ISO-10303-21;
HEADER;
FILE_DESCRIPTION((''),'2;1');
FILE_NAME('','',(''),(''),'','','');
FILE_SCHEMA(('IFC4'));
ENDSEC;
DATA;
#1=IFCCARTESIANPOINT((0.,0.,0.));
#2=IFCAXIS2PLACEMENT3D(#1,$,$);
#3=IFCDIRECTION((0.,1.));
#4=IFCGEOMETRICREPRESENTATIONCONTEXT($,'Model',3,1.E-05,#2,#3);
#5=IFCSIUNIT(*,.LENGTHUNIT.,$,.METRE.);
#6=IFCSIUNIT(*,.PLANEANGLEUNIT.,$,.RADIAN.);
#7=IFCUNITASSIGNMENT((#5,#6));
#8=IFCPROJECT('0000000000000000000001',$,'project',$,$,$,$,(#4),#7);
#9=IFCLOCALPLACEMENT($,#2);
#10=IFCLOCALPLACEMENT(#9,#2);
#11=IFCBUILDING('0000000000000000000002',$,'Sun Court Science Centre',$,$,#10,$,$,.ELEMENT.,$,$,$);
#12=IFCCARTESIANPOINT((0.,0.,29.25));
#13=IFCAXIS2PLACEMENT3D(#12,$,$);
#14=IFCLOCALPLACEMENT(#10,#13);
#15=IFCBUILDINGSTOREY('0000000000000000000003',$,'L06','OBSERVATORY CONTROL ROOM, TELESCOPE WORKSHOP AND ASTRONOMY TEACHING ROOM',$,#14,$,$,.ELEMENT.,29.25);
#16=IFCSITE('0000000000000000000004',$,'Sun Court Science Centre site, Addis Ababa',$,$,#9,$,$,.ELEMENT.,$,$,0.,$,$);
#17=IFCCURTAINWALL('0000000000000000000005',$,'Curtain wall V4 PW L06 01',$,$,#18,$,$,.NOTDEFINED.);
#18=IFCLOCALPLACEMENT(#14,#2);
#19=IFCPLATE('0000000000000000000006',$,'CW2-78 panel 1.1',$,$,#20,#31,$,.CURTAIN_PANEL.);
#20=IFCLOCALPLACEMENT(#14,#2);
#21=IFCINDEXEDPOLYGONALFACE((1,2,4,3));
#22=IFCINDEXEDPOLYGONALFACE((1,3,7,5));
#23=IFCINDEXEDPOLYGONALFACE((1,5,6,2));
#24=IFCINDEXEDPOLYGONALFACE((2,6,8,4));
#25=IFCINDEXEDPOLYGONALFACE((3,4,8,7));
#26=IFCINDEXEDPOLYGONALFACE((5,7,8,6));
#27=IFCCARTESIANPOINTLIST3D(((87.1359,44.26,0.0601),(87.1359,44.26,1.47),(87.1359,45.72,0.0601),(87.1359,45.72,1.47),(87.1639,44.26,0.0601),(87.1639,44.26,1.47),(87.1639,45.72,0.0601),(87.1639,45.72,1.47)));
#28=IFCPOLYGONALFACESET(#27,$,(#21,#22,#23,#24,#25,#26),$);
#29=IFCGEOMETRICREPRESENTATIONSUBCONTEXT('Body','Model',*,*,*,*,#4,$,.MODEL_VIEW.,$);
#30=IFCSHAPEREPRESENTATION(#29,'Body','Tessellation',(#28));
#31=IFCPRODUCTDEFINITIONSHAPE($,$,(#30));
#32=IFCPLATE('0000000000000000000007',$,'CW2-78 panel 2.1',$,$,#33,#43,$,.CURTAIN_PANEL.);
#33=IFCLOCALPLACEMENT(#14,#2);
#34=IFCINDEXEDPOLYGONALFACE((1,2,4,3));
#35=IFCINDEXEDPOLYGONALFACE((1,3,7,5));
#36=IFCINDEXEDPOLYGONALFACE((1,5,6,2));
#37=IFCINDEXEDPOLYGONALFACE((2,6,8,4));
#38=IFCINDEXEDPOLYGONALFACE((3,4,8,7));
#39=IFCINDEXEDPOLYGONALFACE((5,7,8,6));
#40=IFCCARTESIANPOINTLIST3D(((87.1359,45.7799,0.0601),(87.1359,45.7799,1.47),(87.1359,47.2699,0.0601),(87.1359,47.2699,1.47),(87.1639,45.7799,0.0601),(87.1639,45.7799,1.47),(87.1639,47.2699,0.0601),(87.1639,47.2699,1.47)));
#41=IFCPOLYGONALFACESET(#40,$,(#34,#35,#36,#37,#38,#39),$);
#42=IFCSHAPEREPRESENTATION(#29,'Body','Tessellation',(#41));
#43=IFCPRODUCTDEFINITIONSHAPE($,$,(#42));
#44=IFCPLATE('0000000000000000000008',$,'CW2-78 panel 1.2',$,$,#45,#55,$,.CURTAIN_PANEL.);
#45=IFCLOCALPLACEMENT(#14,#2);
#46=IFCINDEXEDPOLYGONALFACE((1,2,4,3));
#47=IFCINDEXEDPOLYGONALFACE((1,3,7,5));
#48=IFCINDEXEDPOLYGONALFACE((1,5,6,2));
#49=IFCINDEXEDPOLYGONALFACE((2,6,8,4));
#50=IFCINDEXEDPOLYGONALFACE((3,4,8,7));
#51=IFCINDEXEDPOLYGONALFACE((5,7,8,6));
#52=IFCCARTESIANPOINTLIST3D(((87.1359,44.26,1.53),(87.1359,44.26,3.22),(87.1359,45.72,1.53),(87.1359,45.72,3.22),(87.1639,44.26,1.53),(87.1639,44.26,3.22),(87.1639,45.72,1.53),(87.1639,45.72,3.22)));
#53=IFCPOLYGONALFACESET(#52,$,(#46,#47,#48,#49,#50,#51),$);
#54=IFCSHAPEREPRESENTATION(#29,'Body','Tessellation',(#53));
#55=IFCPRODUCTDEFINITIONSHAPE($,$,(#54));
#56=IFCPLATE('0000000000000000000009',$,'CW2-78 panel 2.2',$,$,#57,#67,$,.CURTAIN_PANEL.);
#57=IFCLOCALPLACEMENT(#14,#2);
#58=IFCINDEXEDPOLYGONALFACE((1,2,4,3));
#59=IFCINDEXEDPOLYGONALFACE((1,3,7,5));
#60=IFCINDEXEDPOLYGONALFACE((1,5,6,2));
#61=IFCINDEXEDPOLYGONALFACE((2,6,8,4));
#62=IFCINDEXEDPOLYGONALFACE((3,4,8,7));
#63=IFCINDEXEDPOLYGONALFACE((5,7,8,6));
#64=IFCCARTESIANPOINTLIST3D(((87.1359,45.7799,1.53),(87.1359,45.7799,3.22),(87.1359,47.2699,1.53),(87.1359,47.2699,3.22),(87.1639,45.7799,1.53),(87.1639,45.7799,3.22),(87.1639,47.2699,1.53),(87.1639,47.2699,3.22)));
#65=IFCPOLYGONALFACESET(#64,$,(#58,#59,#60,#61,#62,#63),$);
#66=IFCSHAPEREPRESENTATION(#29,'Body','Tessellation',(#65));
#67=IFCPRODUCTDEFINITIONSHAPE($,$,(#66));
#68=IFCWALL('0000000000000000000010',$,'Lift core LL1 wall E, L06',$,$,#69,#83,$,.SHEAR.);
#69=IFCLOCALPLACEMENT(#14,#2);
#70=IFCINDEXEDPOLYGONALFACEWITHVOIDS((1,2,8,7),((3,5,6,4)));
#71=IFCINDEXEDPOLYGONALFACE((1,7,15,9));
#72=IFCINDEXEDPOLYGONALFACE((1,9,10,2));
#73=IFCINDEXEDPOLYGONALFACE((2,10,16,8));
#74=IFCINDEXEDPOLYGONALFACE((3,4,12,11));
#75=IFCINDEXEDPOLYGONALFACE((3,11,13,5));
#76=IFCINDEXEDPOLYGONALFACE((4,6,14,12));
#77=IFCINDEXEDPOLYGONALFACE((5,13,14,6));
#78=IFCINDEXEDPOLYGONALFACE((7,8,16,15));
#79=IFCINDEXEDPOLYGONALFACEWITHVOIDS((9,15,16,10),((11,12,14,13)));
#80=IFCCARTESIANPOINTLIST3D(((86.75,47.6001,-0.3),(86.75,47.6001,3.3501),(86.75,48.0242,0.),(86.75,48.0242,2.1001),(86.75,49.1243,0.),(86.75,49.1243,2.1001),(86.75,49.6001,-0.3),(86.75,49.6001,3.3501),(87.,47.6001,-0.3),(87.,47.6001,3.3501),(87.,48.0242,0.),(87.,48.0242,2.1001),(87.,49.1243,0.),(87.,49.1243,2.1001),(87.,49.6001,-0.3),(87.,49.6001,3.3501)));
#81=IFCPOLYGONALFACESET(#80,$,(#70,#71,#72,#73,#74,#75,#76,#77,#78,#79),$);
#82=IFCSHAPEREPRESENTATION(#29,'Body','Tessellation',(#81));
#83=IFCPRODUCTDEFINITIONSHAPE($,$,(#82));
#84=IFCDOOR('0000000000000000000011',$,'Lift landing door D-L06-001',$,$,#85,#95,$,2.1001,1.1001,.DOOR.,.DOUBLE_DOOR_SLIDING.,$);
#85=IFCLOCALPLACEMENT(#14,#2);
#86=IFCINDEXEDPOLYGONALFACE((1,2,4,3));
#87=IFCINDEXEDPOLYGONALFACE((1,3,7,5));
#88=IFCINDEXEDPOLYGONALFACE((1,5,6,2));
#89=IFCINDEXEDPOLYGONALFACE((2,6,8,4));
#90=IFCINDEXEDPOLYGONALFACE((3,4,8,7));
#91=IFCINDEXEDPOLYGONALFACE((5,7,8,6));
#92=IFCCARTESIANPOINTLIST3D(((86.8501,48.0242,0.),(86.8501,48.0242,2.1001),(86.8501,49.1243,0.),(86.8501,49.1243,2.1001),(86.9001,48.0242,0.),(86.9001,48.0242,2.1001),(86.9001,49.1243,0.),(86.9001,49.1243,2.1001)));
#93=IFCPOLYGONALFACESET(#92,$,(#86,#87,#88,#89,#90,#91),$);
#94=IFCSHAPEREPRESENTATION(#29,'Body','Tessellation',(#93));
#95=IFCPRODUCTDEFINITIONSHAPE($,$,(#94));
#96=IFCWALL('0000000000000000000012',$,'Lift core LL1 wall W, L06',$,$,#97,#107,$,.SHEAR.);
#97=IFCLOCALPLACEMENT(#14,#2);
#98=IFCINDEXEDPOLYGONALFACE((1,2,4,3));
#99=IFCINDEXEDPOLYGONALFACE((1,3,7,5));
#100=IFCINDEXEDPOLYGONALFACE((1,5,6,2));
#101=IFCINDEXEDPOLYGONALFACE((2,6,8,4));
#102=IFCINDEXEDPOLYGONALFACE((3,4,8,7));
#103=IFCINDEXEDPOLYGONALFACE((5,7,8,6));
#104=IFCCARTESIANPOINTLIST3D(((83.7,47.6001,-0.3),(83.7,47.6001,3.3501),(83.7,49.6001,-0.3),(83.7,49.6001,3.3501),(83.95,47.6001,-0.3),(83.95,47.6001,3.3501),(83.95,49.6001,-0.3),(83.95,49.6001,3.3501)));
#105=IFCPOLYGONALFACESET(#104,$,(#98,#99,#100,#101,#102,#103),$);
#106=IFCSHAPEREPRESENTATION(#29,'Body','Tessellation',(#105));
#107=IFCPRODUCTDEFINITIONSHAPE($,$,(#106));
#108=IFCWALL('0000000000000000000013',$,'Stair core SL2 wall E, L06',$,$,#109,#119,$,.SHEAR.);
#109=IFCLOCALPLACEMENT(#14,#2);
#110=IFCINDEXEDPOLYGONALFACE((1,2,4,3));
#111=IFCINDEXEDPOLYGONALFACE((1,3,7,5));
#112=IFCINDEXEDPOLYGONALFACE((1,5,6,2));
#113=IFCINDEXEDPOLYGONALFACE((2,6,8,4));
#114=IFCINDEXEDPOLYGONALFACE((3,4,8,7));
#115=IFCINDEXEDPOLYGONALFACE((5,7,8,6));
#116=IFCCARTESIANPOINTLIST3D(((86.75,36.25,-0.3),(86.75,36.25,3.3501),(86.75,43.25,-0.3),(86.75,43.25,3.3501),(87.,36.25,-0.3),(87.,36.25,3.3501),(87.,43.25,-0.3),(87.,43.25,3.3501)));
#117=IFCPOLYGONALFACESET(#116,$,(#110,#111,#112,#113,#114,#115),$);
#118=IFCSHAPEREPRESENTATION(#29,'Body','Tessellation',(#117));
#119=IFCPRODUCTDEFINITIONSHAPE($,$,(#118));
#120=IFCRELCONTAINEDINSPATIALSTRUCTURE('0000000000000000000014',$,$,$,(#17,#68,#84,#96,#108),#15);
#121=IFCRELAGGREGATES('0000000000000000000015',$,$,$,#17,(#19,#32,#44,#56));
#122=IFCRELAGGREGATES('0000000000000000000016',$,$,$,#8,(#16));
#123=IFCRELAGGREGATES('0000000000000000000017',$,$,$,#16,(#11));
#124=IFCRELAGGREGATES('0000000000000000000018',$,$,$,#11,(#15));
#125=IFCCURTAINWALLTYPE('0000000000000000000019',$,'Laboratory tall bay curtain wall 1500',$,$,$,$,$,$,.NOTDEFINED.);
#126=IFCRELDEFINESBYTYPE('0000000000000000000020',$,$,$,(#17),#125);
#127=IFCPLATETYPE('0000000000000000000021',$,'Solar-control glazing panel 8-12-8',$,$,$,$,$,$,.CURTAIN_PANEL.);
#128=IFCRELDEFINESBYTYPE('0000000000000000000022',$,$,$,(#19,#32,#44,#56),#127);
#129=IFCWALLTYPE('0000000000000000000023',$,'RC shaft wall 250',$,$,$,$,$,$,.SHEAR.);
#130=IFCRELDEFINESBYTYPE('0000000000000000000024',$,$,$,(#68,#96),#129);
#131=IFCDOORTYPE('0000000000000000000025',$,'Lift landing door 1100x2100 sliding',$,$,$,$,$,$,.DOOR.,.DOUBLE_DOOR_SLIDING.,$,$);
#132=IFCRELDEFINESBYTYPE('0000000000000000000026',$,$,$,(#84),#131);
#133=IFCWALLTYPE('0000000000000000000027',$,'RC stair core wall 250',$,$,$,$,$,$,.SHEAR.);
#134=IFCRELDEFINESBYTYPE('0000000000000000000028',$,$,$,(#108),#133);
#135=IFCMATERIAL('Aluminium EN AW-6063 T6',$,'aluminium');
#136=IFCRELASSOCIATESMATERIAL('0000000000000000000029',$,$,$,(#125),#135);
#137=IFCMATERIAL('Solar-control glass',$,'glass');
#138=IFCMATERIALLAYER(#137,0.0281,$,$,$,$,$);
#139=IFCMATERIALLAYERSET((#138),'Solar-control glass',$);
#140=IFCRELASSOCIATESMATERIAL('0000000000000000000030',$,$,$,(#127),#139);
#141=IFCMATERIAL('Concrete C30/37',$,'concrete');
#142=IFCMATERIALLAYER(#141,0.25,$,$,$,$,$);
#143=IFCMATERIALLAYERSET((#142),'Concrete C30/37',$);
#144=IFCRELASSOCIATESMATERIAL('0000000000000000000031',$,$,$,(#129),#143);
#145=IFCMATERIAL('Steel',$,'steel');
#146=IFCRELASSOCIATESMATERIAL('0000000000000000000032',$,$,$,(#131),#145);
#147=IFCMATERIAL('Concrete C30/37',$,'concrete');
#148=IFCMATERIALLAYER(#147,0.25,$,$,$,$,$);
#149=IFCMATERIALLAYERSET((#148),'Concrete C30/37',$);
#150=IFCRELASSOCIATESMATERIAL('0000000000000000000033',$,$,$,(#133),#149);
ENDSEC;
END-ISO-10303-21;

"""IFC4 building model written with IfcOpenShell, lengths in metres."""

from ifc_helpers import new_model, si_unit, direction, frame, frame_2d, origin, origin_2d, place, context, subcontext, project, spatial, rectangle, extrude, material, layer, layer_set, type_object, element, fill, aggregate, save


model = new_model("IFC4")

# Units and contexts
model_context = context("Model", 3, precision=1e-05, world=origin(), true_north=direction((0.0, 1.0)))
body_context = subcontext(model_context, "Body", "Model", "MODEL_VIEW")
ifc_project = project(units=[si_unit("LENGTHUNIT", "METRE"), si_unit("PLANEANGLEUNIT", "RADIAN")], contexts=[model_context])

# Site, building, storey
site_placement = place(None, origin())
site = spatial("IfcSite", under=ifc_project, at=site_placement, Name="Sun Court Science Centre site, Addis Ababa", CompositionType="ELEMENT", RefElevation=0.0)
building_placement = place(site_placement, origin())
building = spatial("IfcBuilding", under=site, at=building_placement, Name="Sun Court Science Centre", CompositionType="ELEMENT")
storey_placement = place(building_placement, frame((0.0, 0.0, 29.25)))
storey = spatial("IfcBuildingStorey", under=building, at=storey_placement, Name="L06", Description="OBSERVATORY CONTROL ROOM, TELESCOPE WORKSHOP AND ASTRONOMY TEACHING ROOM", CompositionType="ELEMENT", Elevation=29.25)

# Curtain wall
ifc_material_1 = material(Name="Aluminium EN AW-6063 T6", Category="aluminium")
curtain_wall_type = type_object("IfcCurtainWallType", Name="Laboratory tall bay curtain wall 1500", PredefinedType="NOTDEFINED", material=ifc_material_1)
curtain_wall_placement = place(storey_placement, origin())
curtain_wall = element("IfcCurtainWall", 1, at=curtain_wall_placement, inside=storey, type_object=curtain_wall_type, Name="Curtain wall V4 PW L06 01", PredefinedType="NOTDEFINED")

# Plates
ifc_material_2 = material(Name="Solar-control glass", Category="glass")
ifc_layer_1 = layer(ifc_material_2, 0.0281)
ifc_layer_set_1 = layer_set([ifc_layer_1], Name="Solar-control glass")
plate_type = type_object("IfcPlateType", Name="Solar-control glazing panel 8-12-8", PredefinedType="CURTAIN_PANEL", material=ifc_layer_set_1)
plate_1_placement = place(storey_placement, frame((87.1499, 44.99, 0.0601), z_axis=(0.0, 0.0, 1.0), x_axis=(0.0, 1.0, 0.0)))
plate_1 = element("IfcPlate", 2, at=plate_1_placement, type_object=plate_type, Name="CW2-78 panel 1.1", PredefinedType="CURTAIN_PANEL", context=body_context, shape_type="SweptSolid", body=[
    extrude(rectangle(XDim=1.46, YDim=0.0281, at=origin_2d()), origin(), (0.0, 0.0, 1.0), 1.4099),
])
plate_2_placement = place(storey_placement, frame((87.1499, 46.5249, 0.0601), z_axis=(0.0, 0.0, 1.0), x_axis=(0.0, 1.0, 0.0)))
plate_2 = element("IfcPlate", 3, at=plate_2_placement, type_object=plate_type, Name="CW2-78 panel 2.1", PredefinedType="CURTAIN_PANEL", context=body_context, shape_type="SweptSolid", body=[
    extrude(rectangle(XDim=1.49, YDim=0.0281, at=origin_2d()), origin(), (0.0, 0.0, 1.0), 1.4099),
])
plate_3_placement = place(storey_placement, frame((87.1499, 44.99, 1.53), z_axis=(0.0, 0.0, 1.0), x_axis=(0.0, 1.0, 0.0)))
plate_3 = element("IfcPlate", 4, at=plate_3_placement, type_object=plate_type, Name="CW2-78 panel 1.2", PredefinedType="CURTAIN_PANEL", context=body_context, shape_type="SweptSolid", body=[
    extrude(rectangle(XDim=1.46, YDim=0.0281, at=origin_2d()), origin(), (0.0, 0.0, 1.0), 1.6899),
])
plate_4_placement = place(storey_placement, frame((87.1499, 46.5249, 1.53), z_axis=(0.0, 0.0, 1.0), x_axis=(0.0, 1.0, 0.0)))
plate_4 = element("IfcPlate", 5, at=plate_4_placement, type_object=plate_type, Name="CW2-78 panel 2.2", PredefinedType="CURTAIN_PANEL", context=body_context, shape_type="SweptSolid", body=[
    extrude(rectangle(XDim=1.49, YDim=0.0281, at=origin_2d()), origin(), (0.0, 0.0, 1.0), 1.6899),
])
aggregate(curtain_wall, [plate_1, plate_2, plate_3, plate_4])

# Wall, opening, door
ifc_material_3 = material(Name="Concrete C30/37", Category="concrete")
ifc_layer_2 = layer(ifc_material_3, 0.25)
ifc_layer_set_2 = layer_set([ifc_layer_2], Name="Concrete C30/37")
wall_type_1 = type_object("IfcWallType", Name="RC shaft wall 250", PredefinedType="SHEAR", material=ifc_layer_set_2)
wall_1_placement = place(storey_placement, frame((86.875, 47.6001, -0.3), z_axis=(0.0, 0.0, 1.0), x_axis=(0.0, 1.0, 0.0)))
wall_1 = element("IfcWall", 6, at=wall_1_placement, inside=storey, type_object=wall_type_1, Name="Lift core LL1 wall E, L06", PredefinedType="SHEAR", context=body_context, shape_type="SweptSolid", body=[
    extrude(rectangle(XDim=2.0, YDim=0.25, at=frame_2d((1.0, 0.0))), origin(), (0.0, 0.0, 1.0), 3.6501),
])
opening_placement = place(wall_1_placement, frame((0.4241, 0.0, 0.3)))
opening = element("IfcOpeningElement", 7, at=opening_placement, cuts=wall_1, PredefinedType="OPENING", context=body_context, shape_type="SweptSolid", body=[
    extrude(rectangle(XDim=1.1001, YDim=2.1001, at=frame_2d((0.55, 1.05))), frame((0.0, 0.135, 0.0), z_axis=(0.0, -1.0, 0.0), x_axis=(1.0, 0.0, 0.0)), (0.0, 0.0, 1.0), 0.27),
])
ifc_material_4 = material(Name="Steel", Category="steel")
door_type = type_object("IfcDoorType", Name="Lift landing door 1100x2100 sliding", OperationType="DOUBLE_DOOR_SLIDING", PredefinedType="DOOR", material=ifc_material_4)
door_placement = place(opening_placement, origin())
door = element("IfcDoor", 8, at=door_placement, inside=storey, type_object=door_type, Name="Lift landing door D-L06-001", OperationType="DOUBLE_DOOR_SLIDING", OverallHeight=2.1001, OverallWidth=1.1001, PredefinedType="DOOR", context=body_context, shape_type="SweptSolid", body=[
    extrude(rectangle(XDim=1.1001, YDim=2.1001, at=frame_2d((0.55, 1.05))), frame((0.0, 0.0249, 0.0), z_axis=(0.0, -1.0, 0.0), x_axis=(1.0, 0.0, 0.0)), (0.0, 0.0, 1.0), 0.05),
])
fill(opening, door)

# Walls
wall_2_placement = place(storey_placement, frame((83.825, 47.6001, -0.3), z_axis=(0.0, 0.0, 1.0), x_axis=(0.0, 1.0, 0.0)))
element("IfcWall", 9, at=wall_2_placement, inside=storey, type_object=wall_type_1, Name="Lift core LL1 wall W, L06", PredefinedType="SHEAR", context=body_context, shape_type="SweptSolid", body=[
    extrude(rectangle(XDim=2.0, YDim=0.25, at=frame_2d((1.0, 0.0))), origin(), (0.0, 0.0, 1.0), 3.6501),
])
ifc_material_5 = material(Name="Concrete C30/37", Category="concrete")
ifc_layer_3 = layer(ifc_material_5, 0.25)
ifc_layer_set_3 = layer_set([ifc_layer_3], Name="Concrete C30/37")
wall_type_2 = type_object("IfcWallType", Name="RC stair core wall 250", PredefinedType="SHEAR", material=ifc_layer_set_3)
wall_3_placement = place(storey_placement, frame((86.875, 36.25, -0.3), z_axis=(0.0, 0.0, 1.0), x_axis=(0.0, 1.0, 0.0)))
element("IfcWall", 10, at=wall_3_placement, inside=storey, type_object=wall_type_2, Name="Stair core SL2 wall E, L06", PredefinedType="SHEAR", context=body_context, shape_type="SweptSolid", body=[
    extrude(rectangle(XDim=7.0, YDim=0.25, at=frame_2d((3.5, 0.0))), origin(), (0.0, 0.0, 1.0), 3.6501),
])

save(model, "model.ifc")
